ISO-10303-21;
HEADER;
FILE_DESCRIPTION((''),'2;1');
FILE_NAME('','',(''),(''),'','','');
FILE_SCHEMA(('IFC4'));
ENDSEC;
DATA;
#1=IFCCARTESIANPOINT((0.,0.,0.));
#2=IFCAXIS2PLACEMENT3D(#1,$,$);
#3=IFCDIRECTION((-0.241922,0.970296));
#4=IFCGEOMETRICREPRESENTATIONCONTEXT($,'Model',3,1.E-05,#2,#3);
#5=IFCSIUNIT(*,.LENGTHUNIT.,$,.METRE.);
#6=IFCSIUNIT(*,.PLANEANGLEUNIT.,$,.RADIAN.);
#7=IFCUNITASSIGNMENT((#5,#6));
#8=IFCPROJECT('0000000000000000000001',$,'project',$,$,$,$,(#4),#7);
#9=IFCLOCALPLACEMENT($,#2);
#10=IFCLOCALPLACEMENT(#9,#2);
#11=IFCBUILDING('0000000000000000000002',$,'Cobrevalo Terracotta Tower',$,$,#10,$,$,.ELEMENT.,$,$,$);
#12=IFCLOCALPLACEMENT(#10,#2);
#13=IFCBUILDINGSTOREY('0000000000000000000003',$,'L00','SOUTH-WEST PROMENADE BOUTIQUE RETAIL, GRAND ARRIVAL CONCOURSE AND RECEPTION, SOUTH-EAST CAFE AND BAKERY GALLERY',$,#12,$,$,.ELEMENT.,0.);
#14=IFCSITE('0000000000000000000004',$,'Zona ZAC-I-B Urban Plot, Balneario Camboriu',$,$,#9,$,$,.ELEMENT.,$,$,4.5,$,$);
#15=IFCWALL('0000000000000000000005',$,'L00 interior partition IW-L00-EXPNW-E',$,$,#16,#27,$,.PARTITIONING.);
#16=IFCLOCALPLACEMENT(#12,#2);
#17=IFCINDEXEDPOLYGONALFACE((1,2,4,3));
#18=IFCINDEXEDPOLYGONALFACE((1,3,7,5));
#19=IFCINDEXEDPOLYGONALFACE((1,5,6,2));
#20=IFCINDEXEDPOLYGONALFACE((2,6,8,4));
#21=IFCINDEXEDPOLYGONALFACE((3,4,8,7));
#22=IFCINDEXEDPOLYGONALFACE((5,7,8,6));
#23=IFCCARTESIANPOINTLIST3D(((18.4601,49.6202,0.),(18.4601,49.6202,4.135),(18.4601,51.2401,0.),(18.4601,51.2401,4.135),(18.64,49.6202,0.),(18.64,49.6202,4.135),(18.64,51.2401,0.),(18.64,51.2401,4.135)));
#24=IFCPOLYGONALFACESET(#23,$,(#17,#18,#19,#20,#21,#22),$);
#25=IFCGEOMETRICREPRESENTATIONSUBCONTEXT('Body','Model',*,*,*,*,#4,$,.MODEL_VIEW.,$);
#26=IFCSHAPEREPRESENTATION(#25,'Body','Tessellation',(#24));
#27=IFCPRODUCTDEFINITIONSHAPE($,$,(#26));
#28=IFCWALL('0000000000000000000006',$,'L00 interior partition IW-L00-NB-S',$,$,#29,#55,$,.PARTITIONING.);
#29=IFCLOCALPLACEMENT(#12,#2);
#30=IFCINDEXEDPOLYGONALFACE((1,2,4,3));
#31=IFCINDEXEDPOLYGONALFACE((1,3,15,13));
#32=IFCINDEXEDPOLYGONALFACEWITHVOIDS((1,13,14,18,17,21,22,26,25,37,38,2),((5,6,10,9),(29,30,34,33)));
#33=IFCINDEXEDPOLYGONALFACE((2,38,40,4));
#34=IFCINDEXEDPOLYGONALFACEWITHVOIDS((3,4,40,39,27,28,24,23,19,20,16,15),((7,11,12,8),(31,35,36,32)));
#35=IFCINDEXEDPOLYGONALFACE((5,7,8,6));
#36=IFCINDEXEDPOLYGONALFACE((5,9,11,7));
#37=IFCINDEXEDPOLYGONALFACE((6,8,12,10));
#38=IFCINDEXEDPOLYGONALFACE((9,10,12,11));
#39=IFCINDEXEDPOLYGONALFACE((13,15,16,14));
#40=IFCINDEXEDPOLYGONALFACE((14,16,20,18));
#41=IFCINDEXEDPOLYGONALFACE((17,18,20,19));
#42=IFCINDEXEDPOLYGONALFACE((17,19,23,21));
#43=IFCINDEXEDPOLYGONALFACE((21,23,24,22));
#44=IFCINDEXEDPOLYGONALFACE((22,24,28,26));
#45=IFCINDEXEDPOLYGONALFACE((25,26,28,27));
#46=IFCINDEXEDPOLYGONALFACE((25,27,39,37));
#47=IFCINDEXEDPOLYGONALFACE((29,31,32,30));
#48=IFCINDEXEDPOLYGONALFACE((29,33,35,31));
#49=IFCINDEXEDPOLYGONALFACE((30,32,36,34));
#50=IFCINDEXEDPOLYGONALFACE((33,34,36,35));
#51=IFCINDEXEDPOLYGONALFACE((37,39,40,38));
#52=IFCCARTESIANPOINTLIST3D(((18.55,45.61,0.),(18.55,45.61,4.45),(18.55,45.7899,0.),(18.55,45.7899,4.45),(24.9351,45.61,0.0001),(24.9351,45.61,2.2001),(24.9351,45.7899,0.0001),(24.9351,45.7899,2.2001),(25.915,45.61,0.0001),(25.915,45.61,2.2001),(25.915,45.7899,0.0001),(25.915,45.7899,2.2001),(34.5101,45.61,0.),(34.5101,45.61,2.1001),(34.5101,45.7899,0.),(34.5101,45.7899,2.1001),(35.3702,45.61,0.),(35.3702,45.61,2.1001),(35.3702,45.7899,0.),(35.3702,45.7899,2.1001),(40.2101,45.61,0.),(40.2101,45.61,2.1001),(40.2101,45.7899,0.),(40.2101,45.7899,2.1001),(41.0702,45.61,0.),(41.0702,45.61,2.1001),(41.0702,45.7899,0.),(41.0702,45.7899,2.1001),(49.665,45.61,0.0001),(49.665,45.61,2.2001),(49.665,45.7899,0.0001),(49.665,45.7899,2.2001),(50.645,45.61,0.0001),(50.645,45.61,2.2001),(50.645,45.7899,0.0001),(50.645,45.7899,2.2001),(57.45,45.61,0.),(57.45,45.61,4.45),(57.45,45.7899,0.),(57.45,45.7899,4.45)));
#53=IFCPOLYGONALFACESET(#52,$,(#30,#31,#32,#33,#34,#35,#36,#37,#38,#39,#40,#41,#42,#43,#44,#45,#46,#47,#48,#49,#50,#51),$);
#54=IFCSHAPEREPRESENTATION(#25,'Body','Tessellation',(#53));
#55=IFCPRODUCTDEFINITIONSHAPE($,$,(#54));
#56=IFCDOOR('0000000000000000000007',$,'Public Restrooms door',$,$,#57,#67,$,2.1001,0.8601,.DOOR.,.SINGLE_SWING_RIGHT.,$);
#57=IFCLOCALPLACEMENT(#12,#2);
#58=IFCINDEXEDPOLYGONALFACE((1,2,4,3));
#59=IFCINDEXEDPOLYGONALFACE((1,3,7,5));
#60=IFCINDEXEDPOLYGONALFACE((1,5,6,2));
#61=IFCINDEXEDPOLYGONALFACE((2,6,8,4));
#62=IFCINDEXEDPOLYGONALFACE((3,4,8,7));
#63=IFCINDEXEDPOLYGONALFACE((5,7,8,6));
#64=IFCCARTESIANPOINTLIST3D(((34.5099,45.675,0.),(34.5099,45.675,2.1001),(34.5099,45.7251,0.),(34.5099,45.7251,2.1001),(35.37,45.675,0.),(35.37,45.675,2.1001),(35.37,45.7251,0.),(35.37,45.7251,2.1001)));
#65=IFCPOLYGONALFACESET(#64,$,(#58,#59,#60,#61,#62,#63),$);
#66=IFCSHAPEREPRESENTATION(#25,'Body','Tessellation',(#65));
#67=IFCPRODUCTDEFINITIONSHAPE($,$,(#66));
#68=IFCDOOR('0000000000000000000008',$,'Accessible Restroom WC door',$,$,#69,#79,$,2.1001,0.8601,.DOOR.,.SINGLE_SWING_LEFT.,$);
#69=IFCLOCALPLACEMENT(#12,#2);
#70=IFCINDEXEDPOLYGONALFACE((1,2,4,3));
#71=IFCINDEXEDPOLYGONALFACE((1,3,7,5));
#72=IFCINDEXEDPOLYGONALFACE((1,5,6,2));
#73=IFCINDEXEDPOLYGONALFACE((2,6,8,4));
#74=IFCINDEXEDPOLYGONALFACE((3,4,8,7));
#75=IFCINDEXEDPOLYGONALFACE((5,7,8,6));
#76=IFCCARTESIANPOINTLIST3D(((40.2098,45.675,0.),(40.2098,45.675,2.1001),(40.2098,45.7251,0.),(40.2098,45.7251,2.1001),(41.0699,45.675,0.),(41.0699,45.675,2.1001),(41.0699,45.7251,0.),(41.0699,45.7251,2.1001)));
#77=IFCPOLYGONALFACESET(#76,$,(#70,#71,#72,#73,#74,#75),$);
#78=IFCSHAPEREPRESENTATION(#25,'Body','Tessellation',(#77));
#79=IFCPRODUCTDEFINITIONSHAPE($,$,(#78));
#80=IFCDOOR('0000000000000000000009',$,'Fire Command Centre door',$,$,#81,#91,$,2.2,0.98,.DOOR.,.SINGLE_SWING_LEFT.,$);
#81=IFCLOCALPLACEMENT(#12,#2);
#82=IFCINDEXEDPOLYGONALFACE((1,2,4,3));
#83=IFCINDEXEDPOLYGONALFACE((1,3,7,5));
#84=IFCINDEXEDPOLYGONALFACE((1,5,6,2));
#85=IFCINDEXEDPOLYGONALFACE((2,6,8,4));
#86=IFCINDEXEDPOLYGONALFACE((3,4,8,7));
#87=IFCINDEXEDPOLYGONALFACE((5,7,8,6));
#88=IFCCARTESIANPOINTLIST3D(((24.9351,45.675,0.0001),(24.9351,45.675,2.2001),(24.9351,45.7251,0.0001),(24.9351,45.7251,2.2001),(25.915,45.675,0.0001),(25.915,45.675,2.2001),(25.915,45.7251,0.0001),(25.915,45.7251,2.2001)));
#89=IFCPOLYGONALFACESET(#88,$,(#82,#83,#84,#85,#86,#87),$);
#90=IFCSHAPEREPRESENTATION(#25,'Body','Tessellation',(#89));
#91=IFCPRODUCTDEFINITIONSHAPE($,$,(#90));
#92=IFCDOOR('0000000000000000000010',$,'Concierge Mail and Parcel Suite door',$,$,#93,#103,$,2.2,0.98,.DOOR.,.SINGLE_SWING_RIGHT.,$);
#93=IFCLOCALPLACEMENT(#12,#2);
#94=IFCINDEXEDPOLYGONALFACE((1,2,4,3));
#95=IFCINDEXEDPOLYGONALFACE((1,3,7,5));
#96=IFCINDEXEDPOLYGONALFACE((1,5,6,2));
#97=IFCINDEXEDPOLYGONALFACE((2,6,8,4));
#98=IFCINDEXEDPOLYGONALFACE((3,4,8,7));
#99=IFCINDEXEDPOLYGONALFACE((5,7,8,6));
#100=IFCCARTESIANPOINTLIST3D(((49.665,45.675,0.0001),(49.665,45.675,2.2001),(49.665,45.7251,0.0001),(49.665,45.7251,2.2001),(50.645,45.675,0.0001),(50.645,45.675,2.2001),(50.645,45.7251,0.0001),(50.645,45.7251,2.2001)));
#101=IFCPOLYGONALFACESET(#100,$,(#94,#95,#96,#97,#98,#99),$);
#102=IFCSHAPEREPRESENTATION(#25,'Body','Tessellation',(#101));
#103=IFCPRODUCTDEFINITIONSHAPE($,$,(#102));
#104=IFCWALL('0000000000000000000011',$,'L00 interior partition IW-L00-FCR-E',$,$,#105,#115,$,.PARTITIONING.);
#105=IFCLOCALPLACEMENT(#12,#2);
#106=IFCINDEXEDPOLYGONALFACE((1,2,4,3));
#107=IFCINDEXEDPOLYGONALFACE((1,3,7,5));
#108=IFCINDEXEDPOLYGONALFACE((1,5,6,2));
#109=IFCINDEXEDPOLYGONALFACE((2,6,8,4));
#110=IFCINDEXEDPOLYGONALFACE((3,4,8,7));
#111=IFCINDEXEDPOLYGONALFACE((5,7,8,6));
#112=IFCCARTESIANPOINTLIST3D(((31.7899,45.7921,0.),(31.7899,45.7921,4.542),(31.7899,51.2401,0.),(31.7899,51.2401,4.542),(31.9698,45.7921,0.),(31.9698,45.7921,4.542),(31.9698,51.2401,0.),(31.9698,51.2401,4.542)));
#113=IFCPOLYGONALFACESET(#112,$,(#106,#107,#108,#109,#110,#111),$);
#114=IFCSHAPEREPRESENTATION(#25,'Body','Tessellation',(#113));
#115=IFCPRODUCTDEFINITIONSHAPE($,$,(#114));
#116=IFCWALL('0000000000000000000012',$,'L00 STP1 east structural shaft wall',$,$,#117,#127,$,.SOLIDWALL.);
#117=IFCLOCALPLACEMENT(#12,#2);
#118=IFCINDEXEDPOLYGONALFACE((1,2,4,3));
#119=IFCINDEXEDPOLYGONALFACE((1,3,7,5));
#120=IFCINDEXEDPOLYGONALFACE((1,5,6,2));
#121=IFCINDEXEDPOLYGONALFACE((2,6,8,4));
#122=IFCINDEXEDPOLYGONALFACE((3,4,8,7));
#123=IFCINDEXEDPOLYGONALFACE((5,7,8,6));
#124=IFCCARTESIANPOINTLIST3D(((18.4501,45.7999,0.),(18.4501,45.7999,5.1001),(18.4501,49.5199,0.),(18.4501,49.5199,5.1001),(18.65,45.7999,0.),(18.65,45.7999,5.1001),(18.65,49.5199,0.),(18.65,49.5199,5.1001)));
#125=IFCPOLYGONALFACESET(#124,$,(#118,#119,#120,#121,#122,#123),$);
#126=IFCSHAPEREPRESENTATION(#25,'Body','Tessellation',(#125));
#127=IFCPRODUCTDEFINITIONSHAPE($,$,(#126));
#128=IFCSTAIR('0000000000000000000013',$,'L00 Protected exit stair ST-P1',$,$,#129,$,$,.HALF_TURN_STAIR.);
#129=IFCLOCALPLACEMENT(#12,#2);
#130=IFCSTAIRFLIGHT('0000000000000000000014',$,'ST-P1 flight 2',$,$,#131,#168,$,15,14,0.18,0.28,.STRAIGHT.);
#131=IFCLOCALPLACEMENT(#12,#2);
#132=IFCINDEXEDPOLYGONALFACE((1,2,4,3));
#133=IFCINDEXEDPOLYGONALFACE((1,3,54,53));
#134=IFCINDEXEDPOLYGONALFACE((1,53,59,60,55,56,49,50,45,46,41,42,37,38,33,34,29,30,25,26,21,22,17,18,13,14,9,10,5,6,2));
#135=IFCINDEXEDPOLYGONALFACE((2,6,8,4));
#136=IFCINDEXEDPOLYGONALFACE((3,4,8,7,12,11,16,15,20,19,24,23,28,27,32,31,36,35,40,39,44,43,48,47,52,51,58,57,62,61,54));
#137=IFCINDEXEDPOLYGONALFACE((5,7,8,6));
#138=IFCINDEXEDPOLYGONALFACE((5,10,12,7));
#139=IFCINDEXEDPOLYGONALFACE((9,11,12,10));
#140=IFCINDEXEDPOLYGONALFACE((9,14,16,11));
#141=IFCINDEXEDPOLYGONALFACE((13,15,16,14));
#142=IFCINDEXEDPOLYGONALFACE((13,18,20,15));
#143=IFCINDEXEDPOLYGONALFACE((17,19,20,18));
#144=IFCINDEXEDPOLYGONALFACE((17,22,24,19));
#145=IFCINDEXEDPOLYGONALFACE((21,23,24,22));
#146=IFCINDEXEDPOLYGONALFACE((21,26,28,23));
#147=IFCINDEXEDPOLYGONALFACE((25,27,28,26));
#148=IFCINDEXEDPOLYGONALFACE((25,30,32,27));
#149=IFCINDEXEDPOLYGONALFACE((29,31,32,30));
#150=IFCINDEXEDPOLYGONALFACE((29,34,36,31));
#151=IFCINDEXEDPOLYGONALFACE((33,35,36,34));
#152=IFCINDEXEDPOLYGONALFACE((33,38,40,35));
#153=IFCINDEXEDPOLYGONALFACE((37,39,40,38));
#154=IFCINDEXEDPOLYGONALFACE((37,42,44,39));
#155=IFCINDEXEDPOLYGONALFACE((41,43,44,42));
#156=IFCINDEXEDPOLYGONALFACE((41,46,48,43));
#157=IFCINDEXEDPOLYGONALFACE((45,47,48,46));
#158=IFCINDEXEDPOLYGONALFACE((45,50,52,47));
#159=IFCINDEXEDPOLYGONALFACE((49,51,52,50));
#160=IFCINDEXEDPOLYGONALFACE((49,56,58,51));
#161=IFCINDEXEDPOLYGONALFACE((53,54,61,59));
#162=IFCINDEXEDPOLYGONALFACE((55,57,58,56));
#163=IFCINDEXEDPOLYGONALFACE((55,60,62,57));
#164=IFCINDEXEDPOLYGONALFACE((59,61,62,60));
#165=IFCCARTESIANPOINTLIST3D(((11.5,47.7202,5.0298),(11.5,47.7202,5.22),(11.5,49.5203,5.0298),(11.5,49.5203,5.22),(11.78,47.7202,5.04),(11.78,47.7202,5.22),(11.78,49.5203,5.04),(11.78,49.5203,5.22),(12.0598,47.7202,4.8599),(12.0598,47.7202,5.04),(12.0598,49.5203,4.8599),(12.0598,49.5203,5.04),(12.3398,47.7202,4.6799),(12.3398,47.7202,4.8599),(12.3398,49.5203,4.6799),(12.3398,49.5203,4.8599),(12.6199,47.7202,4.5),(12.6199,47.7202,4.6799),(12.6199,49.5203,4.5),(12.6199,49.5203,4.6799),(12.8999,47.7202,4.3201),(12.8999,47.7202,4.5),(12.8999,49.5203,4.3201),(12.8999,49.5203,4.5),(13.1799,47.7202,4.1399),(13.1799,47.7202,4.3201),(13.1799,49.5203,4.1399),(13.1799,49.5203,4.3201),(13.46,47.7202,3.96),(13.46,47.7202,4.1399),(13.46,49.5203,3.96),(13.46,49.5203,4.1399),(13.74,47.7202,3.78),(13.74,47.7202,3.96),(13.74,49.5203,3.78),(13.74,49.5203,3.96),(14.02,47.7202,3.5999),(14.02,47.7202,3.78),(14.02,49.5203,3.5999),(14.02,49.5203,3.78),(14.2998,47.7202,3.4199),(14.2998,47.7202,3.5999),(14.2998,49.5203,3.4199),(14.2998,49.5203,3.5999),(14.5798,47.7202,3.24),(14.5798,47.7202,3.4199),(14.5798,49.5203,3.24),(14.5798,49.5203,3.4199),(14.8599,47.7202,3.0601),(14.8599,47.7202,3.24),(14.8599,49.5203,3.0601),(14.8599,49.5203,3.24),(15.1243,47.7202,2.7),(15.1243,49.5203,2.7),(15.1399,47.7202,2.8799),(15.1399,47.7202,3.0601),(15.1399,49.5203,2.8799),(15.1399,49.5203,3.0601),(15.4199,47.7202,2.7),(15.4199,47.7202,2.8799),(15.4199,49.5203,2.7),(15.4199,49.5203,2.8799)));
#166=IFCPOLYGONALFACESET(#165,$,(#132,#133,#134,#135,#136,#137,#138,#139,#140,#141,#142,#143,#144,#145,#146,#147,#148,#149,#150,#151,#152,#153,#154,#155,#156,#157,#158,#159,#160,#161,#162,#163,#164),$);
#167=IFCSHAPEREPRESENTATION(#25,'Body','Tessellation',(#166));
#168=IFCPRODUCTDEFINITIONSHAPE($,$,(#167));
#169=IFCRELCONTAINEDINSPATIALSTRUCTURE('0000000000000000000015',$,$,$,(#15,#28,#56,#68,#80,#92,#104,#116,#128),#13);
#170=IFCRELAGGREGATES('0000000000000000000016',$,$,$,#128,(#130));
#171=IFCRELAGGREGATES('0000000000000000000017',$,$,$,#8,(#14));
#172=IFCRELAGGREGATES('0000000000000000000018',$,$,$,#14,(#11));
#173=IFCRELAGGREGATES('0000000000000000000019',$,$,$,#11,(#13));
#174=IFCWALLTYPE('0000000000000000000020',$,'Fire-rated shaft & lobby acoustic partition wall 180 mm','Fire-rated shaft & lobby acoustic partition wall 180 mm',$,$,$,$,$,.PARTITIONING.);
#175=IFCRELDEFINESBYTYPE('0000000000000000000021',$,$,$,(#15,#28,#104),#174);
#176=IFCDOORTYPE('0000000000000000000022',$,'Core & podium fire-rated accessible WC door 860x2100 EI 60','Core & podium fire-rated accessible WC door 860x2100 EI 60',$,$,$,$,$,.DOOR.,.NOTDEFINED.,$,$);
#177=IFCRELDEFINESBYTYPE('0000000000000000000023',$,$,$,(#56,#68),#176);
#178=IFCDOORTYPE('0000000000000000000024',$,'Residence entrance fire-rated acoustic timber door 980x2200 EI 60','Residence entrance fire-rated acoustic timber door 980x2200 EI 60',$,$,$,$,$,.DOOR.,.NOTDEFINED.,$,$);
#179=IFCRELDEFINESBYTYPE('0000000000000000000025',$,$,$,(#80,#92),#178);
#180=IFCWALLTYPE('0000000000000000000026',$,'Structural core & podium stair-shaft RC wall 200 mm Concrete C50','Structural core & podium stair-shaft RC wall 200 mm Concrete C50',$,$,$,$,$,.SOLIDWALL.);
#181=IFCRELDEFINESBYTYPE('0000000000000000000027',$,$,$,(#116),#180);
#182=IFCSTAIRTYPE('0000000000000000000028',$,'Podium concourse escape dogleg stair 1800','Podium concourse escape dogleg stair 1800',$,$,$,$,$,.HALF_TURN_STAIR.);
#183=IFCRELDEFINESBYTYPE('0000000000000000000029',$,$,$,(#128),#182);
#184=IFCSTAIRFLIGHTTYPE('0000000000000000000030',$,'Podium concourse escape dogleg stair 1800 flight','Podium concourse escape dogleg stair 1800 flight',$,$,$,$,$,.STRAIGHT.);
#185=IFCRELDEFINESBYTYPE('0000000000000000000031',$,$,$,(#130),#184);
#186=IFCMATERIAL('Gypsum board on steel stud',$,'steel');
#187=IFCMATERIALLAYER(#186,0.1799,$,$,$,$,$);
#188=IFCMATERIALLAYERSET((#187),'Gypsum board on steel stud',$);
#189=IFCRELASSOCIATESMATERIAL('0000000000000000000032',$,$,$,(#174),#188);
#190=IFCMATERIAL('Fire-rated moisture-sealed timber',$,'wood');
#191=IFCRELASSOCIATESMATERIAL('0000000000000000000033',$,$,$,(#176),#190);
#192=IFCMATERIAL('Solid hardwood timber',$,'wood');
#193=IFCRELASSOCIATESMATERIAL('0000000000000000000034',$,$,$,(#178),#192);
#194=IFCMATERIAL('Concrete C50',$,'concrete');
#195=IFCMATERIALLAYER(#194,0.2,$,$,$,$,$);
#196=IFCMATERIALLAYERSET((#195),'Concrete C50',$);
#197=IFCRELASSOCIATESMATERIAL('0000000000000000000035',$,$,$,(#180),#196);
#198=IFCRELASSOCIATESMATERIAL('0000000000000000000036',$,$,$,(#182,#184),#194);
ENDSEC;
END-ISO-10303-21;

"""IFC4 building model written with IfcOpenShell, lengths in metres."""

from ifc_helpers import new_model, si_unit, direction, frame, frame_2d, origin, place, context, subcontext, project, spatial, polyline, rectangle, outline, extrude, source, transform, mapped, material, layer, layer_set, type_object, element, fill, aggregate, save


model = new_model("IFC4")

# Units and contexts
model_context = context("Model", 3, precision=1e-05, world=origin(), true_north=direction((-0.241922, 0.970296)))
body_context = subcontext(model_context, "Body", "Model", "MODEL_VIEW")
ifc_project = project(units=[si_unit("LENGTHUNIT", "METRE"), si_unit("PLANEANGLEUNIT", "RADIAN")], contexts=[model_context])

# Site, building, storey
site_placement = place(None, origin())
site = spatial("IfcSite", under=ifc_project, at=site_placement, Name="Zona ZAC-I-B Urban Plot, Balneario Camboriu", CompositionType="ELEMENT", RefElevation=4.5)
building_placement = place(site_placement, origin())
building = spatial("IfcBuilding", under=site, at=building_placement, Name="Cobrevalo Terracotta Tower", CompositionType="ELEMENT")
storey_placement = place(building_placement, origin())
storey = spatial("IfcBuildingStorey", under=building, at=storey_placement, Name="L00", Description="SOUTH-WEST PROMENADE BOUTIQUE RETAIL, GRAND ARRIVAL CONCOURSE AND RECEPTION, SOUTH-EAST CAFE AND BAKERY GALLERY", CompositionType="ELEMENT", Elevation=0.0)

# Shared definitions
ifc_material_1 = material(Name="Concrete C50", Category="concrete")

# Wall
ifc_material_2 = material(Name="Gypsum board on steel stud", Category="steel")
ifc_layer_1 = layer(ifc_material_2, 0.1799)
ifc_layer_set_1 = layer_set([ifc_layer_1], Name="Gypsum board on steel stud")
wall_type_1 = type_object("IfcWallType", Name="Fire-rated shaft & lobby acoustic partition wall 180 mm", Description="Fire-rated shaft & lobby acoustic partition wall 180 mm", PredefinedType="PARTITIONING", material=ifc_layer_set_1)
wall_1_placement = place(storey_placement, frame((18.55, 49.6201, 0.0), z_axis=(0.0, 0.0, 1.0), x_axis=(0.0, 1.0, 0.0)))
element("IfcWall", 1, at=wall_1_placement, inside=storey, type_object=wall_type_1, Name="L00 interior partition IW-L00-EXPNW-E", PredefinedType="PARTITIONING", context=body_context, shape_type="SweptSolid", body=[
    extrude(rectangle(XDim=1.6199, YDim=0.1799, at=frame_2d((0.8101, 0.0))), origin(), (0.0, 0.0, 1.0), 4.135),
])

# Wall, openings, doors
wall_2_placement = place(storey_placement, frame((18.55, 45.7, 0.0), z_axis=(0.0, 0.0, 1.0), x_axis=(1.0, 0.0, 0.0)))
wall_2 = element("IfcWall", 2, at=wall_2_placement, inside=storey, type_object=wall_type_1, Name="L00 interior partition IW-L00-NB-S", PredefinedType="PARTITIONING", context=body_context, shape_type="SweptSolid", body=[
    extrude(rectangle(XDim=38.8999, YDim=0.1799, at=frame_2d((19.45, 0.0))), origin(), (0.0, 0.0, 1.0), 4.45),
])
opening_1_placement = place(wall_2_placement, frame((6.385, 0.0, 0.0)))
opening_1 = element("IfcOpeningElement", 3, at=opening_1_placement, cuts=wall_2, PredefinedType="OPENING", context=body_context, shape_type="SweptSolid", body=[
    extrude(rectangle(XDim=0.98, YDim=2.2, at=frame_2d((0.49, 1.1001))), frame((0.0, 0.1001, 0.0), z_axis=(0.0, -1.0, 0.0), x_axis=(1.0, 0.0, 0.0)), (0.0, 0.0, 1.0), 0.2),
])
opening_2_placement = place(wall_2_placement, frame((15.96, 0.0, 0.0)))
opening_2 = element("IfcOpeningElement", 4, at=opening_2_placement, cuts=wall_2, PredefinedType="OPENING", context=body_context, shape_type="SweptSolid", body=[
    extrude(rectangle(XDim=0.8601, YDim=2.1001, at=frame_2d((0.4302, 1.05))), frame((0.0, 0.1001, 0.0), z_axis=(0.0, -1.0, 0.0), x_axis=(1.0, 0.0, 0.0)), (0.0, 0.0, 1.0), 0.2),
])
opening_3_placement = place(wall_2_placement, frame((21.6599, 0.0, 0.0)))
opening_3 = element("IfcOpeningElement", 5, at=opening_3_placement, cuts=wall_2, PredefinedType="OPENING", context=body_context, shape_type="SweptSolid", body=[
    extrude(rectangle(XDim=0.8601, YDim=2.1001, at=frame_2d((0.4302, 1.05))), frame((0.0, 0.1001, 0.0), z_axis=(0.0, -1.0, 0.0), x_axis=(1.0, 0.0, 0.0)), (0.0, 0.0, 1.0), 0.2),
])
opening_4_placement = place(wall_2_placement, frame((31.115, 0.0, 0.0)))
opening_4 = element("IfcOpeningElement", 6, at=opening_4_placement, cuts=wall_2, PredefinedType="OPENING", context=body_context, shape_type="SweptSolid", body=[
    extrude(rectangle(XDim=0.98, YDim=2.2, at=frame_2d((0.49, 1.1001))), frame((0.0, 0.1001, 0.0), z_axis=(0.0, -1.0, 0.0), x_axis=(1.0, 0.0, 0.0)), (0.0, 0.0, 1.0), 0.2),
])
ifc_material_3 = material(Name="Fire-rated moisture-sealed timber", Category="wood")
door_type_1 = type_object("IfcDoorType", Name="Core & podium fire-rated accessible WC door 860x2100 EI 60", Description="Core & podium fire-rated accessible WC door 860x2100 EI 60", OperationType="NOTDEFINED", PredefinedType="DOOR", material=ifc_material_3)
shared_shape_1 = source(origin(), body_context, "Body", "SweptSolid", [
    extrude(rectangle(XDim=0.8601, YDim=2.1001, at=frame_2d((0.4302, 1.05))), frame((0.0, 0.0249, 0.0), z_axis=(0.0, -1.0, 0.0), x_axis=(1.0, 0.0, 0.0)), (0.0, 0.0, 1.0), 0.05),
])
door_1_placement = place(opening_2_placement, frame((0.8601, 0.0, 0.0), z_axis=(0.0, 0.0, 1.0), x_axis=(-1.0, 0.0, 0.0)))
door_1 = element("IfcDoor", 7, at=door_1_placement, inside=storey, type_object=door_type_1, Name="Public Restrooms door", OperationType="SINGLE_SWING_RIGHT", OverallHeight=2.1001, OverallWidth=0.8601, PredefinedType="DOOR", context=body_context, shape_type="MappedRepresentation", body=[
    mapped(shared_shape_1, transform((0.0, 0.0, 0.0), scale=1.0)),
])
fill(opening_2, door_1)
door_2_placement = place(opening_3_placement, frame((0.8601, 0.0, 0.0), z_axis=(0.0, 0.0, 1.0), x_axis=(-1.0, 0.0, 0.0)))
door_2 = element("IfcDoor", 8, at=door_2_placement, inside=storey, type_object=door_type_1, Name="Accessible Restroom WC door", OperationType="SINGLE_SWING_LEFT", OverallHeight=2.1001, OverallWidth=0.8601, PredefinedType="DOOR", context=body_context, shape_type="MappedRepresentation", body=[
    mapped(shared_shape_1, transform((0.0, 0.0, 0.0), scale=1.0)),
])
fill(opening_3, door_2)
ifc_material_4 = material(Name="Solid hardwood timber", Category="wood")
door_type_2 = type_object("IfcDoorType", Name="Residence entrance fire-rated acoustic timber door 980x2200 EI 60", Description="Residence entrance fire-rated acoustic timber door 980x2200 EI 60", OperationType="NOTDEFINED", PredefinedType="DOOR", material=ifc_material_4)
shared_shape_2 = source(origin(), body_context, "Body", "SweptSolid", [
    extrude(rectangle(XDim=0.98, YDim=2.2, at=frame_2d((0.49, 1.1001))), frame((0.0, 0.0249, 0.0), z_axis=(0.0, -1.0, 0.0), x_axis=(1.0, 0.0, 0.0)), (0.0, 0.0, 1.0), 0.05),
])
door_3_placement = place(opening_1_placement, frame((0.98, 0.0, 0.0), z_axis=(0.0, 0.0, 1.0), x_axis=(-1.0, 0.0, 0.0)))
door_3 = element("IfcDoor", 9, at=door_3_placement, inside=storey, type_object=door_type_2, Name="Fire Command Centre door", OperationType="SINGLE_SWING_LEFT", OverallHeight=2.2, OverallWidth=0.98, PredefinedType="DOOR", context=body_context, shape_type="MappedRepresentation", body=[
    mapped(shared_shape_2, transform((0.0, 0.0, 0.0), scale=1.0)),
])
fill(opening_1, door_3)
door_4_placement = place(opening_4_placement, frame((0.98, 0.0, 0.0), z_axis=(0.0, 0.0, 1.0), x_axis=(-1.0, 0.0, 0.0)))
door_4 = element("IfcDoor", 10, at=door_4_placement, inside=storey, type_object=door_type_2, Name="Concierge Mail and Parcel Suite door", OperationType="SINGLE_SWING_RIGHT", OverallHeight=2.2, OverallWidth=0.98, PredefinedType="DOOR", context=body_context, shape_type="MappedRepresentation", body=[
    mapped(shared_shape_2, transform((0.0, 0.0, 0.0), scale=1.0)),
])
fill(opening_4, door_4)

# Walls
wall_3_placement = place(storey_placement, frame((31.8799, 45.792, 0.0), z_axis=(0.0, 0.0, 1.0), x_axis=(0.0, 1.0, 0.0)))
element("IfcWall", 11, at=wall_3_placement, inside=storey, type_object=wall_type_1, Name="L00 interior partition IW-L00-FCR-E", PredefinedType="PARTITIONING", context=body_context, shape_type="SweptSolid", body=[
    extrude(rectangle(XDim=5.448, YDim=0.1799, at=frame_2d((2.7241, 0.0))), origin(), (0.0, 0.0, 1.0), 4.542),
])
ifc_layer_2 = layer(ifc_material_1, 0.2)
ifc_layer_set_2 = layer_set([ifc_layer_2], Name="Concrete C50")
wall_type_2 = type_object("IfcWallType", Name="Structural core & podium stair-shaft RC wall 200 mm Concrete C50", Description="Structural core & podium stair-shaft RC wall 200 mm Concrete C50", PredefinedType="SOLIDWALL", material=ifc_layer_set_2)
wall_4_placement = place(storey_placement, frame((18.55, 45.8, 0.0), z_axis=(0.0, 0.0, 1.0), x_axis=(0.0, 1.0, 0.0)))
element("IfcWall", 12, at=wall_4_placement, inside=storey, type_object=wall_type_2, Name="L00 STP1 east structural shaft wall", PredefinedType="SOLIDWALL", context=body_context, shape_type="SweptSolid", body=[
    extrude(rectangle(XDim=3.72, YDim=0.2, at=frame_2d((1.8599, 0.0))), origin(), (0.0, 0.0, 1.0), 5.1001),
])

# Stair, stair flight
stair_type = type_object("IfcStairType", Name="Podium concourse escape dogleg stair 1800", Description="Podium concourse escape dogleg stair 1800", PredefinedType="HALF_TURN_STAIR", material=ifc_material_1)
stair_placement = place(storey_placement, origin())
stair = element("IfcStair", 13, at=stair_placement, inside=storey, type_object=stair_type, Name="L00 Protected exit stair ST-P1", PredefinedType="HALF_TURN_STAIR")
stair_flight_type = type_object("IfcStairFlightType", Name="Podium concourse escape dogleg stair 1800 flight", Description="Podium concourse escape dogleg stair 1800 flight", PredefinedType="STRAIGHT", material=ifc_material_1)
stair_flight_placement = place(storey_placement, frame((15.4199, 48.6201, 2.7), z_axis=(0.0, 0.0, 1.0), x_axis=(-1.0, 0.0, 0.0)))
stair_flight = element("IfcStairFlight", 14, at=stair_flight_placement, type_object=stair_flight_type, Name="ST-P1 flight 2", NumberOfRisers=15, NumberOfTreads=14, PredefinedType="STRAIGHT", RiserHeight=0.18, TreadLength=0.28, context=body_context, shape_type="SweptSolid", body=[
    extrude(outline(polyline([(0.0, 0.0), (0.0, 0.1799), (0.28, 0.1799), (0.28, 0.3601), (0.5601, 0.3601), (0.5601, 0.54), (0.8401, 0.54), (0.8401, 0.72), (1.1201, 0.72), (1.1201, 0.8999), (1.3999, 0.8999), (1.3999, 1.0801), (1.6799, 1.0801), (1.6799, 1.26), (1.96, 1.26), (1.96, 1.4399), (2.24, 1.4399), (2.24, 1.6201), (2.52, 1.6201), (2.52, 1.8), (2.8, 1.8), (2.8, 1.98), (3.0801, 1.98), (3.0801, 2.1599), (3.3601, 2.1599), (3.3601, 2.3401), (3.6399, 2.3401), (3.6399, 2.52), (3.9199, 2.52), (3.9199, 2.7), (3.9199, 2.3298), (0.2957, 0.0), (0.0, 0.0)])), frame((0.0, 0.8999, 0.0), z_axis=(0.0, -1.0, 0.0), x_axis=(1.0, 0.0, 0.0)), (0.0, 0.0, 1.0), 1.8),
])
aggregate(stair, [stair_flight])

save(model, "model.ifc")
